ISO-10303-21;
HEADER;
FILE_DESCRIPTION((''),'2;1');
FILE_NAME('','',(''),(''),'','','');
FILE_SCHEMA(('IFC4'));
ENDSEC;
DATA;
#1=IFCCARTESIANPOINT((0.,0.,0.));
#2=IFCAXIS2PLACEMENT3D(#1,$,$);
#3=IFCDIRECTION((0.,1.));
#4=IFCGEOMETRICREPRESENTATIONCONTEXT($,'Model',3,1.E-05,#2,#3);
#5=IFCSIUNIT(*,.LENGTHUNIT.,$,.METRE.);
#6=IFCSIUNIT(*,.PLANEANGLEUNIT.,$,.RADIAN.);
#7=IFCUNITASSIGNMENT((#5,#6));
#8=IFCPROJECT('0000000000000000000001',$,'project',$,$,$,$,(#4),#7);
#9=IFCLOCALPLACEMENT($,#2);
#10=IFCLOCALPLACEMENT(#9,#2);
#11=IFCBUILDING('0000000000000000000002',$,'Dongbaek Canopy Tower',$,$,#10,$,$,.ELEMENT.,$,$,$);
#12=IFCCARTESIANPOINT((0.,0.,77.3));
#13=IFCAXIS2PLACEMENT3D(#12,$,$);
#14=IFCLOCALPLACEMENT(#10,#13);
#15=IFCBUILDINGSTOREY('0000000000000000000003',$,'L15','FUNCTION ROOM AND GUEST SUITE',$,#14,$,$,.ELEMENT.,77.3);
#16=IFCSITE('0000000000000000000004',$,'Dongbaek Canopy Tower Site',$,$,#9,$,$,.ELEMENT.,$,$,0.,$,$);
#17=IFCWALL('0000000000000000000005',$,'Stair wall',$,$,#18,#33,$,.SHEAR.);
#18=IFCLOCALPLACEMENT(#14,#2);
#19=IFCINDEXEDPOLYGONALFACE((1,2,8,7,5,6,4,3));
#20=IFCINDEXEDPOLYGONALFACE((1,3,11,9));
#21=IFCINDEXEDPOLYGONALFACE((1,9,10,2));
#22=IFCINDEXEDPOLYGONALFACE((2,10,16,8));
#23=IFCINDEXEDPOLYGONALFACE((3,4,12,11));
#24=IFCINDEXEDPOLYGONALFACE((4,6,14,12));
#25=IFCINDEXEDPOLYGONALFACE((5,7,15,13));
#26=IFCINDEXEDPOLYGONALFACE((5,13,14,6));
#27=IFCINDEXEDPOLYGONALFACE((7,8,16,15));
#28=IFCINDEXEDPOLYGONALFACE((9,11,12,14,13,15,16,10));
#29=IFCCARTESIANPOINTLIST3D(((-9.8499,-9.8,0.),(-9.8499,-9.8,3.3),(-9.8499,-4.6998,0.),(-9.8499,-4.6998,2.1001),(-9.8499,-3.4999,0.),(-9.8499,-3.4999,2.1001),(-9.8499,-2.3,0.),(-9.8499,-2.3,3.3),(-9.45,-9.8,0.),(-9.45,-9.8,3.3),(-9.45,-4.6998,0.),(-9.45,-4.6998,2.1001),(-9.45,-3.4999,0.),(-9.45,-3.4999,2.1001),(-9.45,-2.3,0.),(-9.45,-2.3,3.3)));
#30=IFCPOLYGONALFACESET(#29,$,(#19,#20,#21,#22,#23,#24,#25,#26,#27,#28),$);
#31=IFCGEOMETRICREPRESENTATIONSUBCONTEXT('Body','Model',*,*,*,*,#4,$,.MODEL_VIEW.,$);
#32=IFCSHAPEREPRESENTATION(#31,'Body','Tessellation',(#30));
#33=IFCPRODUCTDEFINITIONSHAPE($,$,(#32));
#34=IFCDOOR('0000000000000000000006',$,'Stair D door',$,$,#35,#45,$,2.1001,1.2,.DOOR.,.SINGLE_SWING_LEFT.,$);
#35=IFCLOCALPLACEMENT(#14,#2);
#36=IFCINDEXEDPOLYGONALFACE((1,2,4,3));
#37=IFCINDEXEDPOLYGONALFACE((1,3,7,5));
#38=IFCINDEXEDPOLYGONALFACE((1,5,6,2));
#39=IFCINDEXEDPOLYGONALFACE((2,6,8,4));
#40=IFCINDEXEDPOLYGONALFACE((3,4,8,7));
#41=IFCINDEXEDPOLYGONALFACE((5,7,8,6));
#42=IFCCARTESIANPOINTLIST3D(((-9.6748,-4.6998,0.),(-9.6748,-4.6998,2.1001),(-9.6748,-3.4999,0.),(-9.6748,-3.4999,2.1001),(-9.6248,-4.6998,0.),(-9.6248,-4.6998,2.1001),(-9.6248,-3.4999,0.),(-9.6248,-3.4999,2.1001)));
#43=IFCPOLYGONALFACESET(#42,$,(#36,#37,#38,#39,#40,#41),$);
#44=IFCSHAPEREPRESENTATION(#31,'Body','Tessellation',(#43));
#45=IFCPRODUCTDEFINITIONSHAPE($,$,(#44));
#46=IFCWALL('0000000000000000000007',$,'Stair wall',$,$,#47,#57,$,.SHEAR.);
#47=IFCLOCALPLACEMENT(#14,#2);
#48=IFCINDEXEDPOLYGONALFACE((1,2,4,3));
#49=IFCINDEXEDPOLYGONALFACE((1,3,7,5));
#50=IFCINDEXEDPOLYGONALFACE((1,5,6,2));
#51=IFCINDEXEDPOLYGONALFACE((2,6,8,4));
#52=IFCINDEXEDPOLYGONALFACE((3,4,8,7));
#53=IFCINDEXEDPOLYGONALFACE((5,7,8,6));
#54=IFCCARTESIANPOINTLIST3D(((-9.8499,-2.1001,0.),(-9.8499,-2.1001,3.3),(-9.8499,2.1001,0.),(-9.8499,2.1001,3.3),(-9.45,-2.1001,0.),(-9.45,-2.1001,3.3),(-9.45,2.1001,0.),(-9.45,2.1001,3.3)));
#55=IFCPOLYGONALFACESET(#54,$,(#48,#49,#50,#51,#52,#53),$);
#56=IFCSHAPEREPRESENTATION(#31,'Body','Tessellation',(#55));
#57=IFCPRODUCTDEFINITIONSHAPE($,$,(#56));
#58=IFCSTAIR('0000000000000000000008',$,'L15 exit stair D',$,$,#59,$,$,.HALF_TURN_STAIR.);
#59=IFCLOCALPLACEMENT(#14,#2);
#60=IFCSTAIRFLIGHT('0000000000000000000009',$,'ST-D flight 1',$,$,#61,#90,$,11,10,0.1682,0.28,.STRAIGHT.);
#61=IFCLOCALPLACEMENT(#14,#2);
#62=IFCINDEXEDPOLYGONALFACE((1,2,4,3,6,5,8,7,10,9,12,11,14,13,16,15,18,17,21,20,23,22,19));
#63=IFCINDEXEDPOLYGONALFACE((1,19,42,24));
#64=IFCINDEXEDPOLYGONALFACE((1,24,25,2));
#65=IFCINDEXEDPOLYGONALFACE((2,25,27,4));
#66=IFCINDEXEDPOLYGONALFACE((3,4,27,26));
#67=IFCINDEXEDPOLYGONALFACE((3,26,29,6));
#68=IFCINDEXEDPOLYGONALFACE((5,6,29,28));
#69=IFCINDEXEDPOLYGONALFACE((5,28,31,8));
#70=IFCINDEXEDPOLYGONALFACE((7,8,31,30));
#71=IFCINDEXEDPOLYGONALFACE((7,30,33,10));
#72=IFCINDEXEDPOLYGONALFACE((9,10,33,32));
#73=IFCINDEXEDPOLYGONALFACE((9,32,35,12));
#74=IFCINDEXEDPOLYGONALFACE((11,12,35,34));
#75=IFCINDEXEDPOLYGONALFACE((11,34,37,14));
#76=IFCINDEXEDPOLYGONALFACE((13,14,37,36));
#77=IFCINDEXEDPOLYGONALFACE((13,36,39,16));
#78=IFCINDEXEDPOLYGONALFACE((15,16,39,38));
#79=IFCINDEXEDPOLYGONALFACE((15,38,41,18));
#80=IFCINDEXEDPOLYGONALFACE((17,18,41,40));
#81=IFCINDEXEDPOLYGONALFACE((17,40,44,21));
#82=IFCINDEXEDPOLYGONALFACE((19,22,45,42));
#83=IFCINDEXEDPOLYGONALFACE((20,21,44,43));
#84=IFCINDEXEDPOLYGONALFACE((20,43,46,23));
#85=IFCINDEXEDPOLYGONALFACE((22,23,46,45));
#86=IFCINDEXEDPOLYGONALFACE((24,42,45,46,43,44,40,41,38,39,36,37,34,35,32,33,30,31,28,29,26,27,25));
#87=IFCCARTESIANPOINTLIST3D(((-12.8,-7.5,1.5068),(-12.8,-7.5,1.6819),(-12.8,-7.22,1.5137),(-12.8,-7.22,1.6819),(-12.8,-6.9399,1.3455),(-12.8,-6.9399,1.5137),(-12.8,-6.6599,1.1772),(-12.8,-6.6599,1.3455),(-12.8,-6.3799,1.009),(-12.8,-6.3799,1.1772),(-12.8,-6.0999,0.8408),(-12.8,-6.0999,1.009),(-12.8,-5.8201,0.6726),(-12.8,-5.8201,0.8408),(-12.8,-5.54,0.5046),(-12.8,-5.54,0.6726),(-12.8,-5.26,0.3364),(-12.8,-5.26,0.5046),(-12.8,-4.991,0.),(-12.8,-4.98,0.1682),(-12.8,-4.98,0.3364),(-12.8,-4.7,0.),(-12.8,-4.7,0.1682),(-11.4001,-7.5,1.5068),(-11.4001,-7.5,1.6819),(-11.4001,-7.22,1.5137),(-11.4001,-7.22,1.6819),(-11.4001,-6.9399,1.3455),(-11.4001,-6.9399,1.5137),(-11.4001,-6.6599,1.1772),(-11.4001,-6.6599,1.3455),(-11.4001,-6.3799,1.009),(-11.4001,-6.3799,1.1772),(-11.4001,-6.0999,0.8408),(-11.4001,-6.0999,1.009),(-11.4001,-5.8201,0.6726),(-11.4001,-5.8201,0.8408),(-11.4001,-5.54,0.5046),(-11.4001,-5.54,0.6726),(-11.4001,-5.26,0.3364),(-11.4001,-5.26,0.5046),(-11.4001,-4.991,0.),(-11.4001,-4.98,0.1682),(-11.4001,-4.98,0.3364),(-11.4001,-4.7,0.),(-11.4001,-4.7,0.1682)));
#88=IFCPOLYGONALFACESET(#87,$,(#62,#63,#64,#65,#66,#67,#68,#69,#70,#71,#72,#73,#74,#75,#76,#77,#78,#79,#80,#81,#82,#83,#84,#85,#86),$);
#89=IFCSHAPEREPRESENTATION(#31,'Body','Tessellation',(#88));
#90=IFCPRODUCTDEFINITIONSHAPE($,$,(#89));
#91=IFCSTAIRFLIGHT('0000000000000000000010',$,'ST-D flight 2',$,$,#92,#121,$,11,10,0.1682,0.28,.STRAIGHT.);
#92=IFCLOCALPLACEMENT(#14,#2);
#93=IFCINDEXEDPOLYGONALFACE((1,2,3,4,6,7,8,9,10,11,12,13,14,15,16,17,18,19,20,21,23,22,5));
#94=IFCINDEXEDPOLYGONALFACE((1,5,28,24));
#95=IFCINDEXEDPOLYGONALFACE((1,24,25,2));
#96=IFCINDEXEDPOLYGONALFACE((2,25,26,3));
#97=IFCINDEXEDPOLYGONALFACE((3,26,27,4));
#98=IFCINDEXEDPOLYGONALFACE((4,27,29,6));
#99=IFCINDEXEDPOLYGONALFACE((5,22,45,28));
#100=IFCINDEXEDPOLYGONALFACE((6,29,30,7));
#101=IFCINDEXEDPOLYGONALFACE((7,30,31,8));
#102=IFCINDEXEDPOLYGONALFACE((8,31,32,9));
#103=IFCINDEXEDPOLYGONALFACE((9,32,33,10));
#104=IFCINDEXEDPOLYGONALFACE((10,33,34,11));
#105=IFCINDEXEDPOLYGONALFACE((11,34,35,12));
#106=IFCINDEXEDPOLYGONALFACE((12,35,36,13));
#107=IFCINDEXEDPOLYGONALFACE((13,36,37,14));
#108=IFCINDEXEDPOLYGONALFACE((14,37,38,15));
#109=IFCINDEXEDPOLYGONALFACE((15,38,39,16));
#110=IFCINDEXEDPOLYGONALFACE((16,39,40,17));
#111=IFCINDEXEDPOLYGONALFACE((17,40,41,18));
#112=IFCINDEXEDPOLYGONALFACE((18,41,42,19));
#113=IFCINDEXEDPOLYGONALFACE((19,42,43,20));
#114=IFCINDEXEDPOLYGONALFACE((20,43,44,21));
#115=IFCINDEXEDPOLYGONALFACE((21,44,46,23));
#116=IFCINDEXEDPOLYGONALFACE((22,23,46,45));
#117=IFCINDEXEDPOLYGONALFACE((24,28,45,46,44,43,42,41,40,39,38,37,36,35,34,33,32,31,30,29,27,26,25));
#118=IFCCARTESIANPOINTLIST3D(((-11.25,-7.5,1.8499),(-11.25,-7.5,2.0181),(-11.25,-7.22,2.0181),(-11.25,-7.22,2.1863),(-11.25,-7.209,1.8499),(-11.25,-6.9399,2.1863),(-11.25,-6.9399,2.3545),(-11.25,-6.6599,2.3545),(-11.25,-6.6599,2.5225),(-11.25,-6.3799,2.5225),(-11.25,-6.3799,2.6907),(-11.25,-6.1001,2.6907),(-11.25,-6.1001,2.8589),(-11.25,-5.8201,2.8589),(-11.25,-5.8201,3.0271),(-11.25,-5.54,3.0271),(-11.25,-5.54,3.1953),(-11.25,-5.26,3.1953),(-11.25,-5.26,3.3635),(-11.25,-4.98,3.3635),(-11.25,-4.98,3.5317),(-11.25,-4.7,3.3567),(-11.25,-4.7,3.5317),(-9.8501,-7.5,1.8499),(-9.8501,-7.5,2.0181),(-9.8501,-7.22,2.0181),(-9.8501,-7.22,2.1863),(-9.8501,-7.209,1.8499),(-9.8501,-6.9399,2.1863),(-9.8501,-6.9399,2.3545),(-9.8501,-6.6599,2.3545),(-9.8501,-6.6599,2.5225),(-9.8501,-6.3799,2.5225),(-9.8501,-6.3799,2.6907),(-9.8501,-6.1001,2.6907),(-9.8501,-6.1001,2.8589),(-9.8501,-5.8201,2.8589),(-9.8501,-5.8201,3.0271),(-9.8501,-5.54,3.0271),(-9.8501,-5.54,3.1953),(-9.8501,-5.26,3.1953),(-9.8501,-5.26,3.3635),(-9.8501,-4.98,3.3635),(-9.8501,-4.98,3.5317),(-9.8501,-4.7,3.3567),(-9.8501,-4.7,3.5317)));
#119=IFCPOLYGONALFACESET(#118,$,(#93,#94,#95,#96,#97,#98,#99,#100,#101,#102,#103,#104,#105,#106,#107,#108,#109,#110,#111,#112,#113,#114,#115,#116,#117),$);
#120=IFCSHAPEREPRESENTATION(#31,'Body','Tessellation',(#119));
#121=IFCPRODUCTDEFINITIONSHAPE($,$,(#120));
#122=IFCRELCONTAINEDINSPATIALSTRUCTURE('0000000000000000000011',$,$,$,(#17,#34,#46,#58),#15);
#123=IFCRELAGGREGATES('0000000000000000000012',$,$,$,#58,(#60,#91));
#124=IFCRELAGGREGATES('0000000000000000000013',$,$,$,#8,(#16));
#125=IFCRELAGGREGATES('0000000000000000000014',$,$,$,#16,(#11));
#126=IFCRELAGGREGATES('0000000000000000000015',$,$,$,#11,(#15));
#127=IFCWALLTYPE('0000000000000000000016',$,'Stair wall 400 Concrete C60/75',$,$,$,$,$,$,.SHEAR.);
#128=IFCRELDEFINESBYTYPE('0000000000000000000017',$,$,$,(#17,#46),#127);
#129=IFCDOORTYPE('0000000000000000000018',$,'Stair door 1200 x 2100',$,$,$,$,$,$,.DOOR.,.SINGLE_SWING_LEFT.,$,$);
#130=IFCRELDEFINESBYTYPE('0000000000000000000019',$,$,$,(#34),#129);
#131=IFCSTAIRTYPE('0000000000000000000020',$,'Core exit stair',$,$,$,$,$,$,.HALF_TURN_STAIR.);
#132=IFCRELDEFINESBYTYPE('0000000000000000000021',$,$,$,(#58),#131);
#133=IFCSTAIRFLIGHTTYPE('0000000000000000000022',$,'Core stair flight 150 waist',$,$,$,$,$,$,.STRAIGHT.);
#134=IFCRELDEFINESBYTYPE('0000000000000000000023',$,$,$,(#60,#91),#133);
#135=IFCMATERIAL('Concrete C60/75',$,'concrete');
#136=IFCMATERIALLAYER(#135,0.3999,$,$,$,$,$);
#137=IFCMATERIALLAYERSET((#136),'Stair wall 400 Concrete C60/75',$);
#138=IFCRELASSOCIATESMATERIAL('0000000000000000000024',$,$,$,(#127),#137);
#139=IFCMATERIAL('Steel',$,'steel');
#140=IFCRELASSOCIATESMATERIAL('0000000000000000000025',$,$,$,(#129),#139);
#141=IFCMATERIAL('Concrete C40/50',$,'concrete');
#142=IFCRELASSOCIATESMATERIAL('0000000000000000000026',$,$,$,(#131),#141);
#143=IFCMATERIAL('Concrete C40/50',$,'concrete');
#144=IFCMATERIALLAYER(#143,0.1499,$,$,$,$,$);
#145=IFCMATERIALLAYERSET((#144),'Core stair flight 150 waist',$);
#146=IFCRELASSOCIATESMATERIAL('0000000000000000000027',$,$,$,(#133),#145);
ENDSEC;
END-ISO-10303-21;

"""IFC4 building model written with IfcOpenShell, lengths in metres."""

from ifc_helpers import new_model, si_unit, direction, frame, frame_2d, origin, place, context, subcontext, project, spatial, polyline, rectangle, outline, extrude, material, layer, layer_set, type_object, element, fill, aggregate, save


model = new_model("IFC4")

# Units and contexts
model_context = context("Model", 3, precision=1e-05, world=origin(), true_north=direction((0.0, 1.0)))
body_context = subcontext(model_context, "Body", "Model", "MODEL_VIEW")
ifc_project = project(units=[si_unit("LENGTHUNIT", "METRE"), si_unit("PLANEANGLEUNIT", "RADIAN")], contexts=[model_context])

# Site, building, storey
site_placement = place(None, origin())
site = spatial("IfcSite", under=ifc_project, at=site_placement, Name="Dongbaek Canopy Tower Site", CompositionType="ELEMENT", RefElevation=0.0)
building_placement = place(site_placement, origin())
building = spatial("IfcBuilding", under=site, at=building_placement, Name="Dongbaek Canopy Tower", CompositionType="ELEMENT")
storey_placement = place(building_placement, frame((0.0, 0.0, 77.3)))
storey = spatial("IfcBuildingStorey", under=building, at=storey_placement, Name="L15", Description="FUNCTION ROOM AND GUEST SUITE", CompositionType="ELEMENT", Elevation=77.3)

# Wall, opening, door
ifc_material_1 = material(Name="Concrete C60/75", Category="concrete")
ifc_layer_1 = layer(ifc_material_1, 0.3999)
ifc_layer_set_1 = layer_set([ifc_layer_1], Name="Stair wall 400 Concrete C60/75")
wall_type_1 = type_object("IfcWallType", Name="Stair wall 400 Concrete C60/75", PredefinedType="SHEAR", material=ifc_layer_set_1)
wall_1_placement = place(storey_placement, frame((-9.6499, -9.8, 0.0), z_axis=(0.0, 0.0, 1.0), x_axis=(0.0, 1.0, 0.0)))
wall_1 = element("IfcWall", 1, at=wall_1_placement, inside=storey, type_object=wall_type_1, Name="Stair wall", PredefinedType="SHEAR", context=body_context, shape_type="SweptSolid", body=[
    extrude(rectangle(XDim=7.5, YDim=0.3999, at=frame_2d((3.75, 0.0))), origin(), (0.0, 0.0, 1.0), 3.3),
])
opening_1_placement = place(wall_1_placement, frame((5.1001, 0.0, 0.0)))
opening_1 = element("IfcOpeningElement", 2, at=opening_1_placement, cuts=wall_1, PredefinedType="OPENING", context=body_context, shape_type="SweptSolid", body=[
    extrude(rectangle(XDim=1.2, YDim=2.1001, at=frame_2d((0.6001, 1.05))), frame((0.0, 0.21, 0.0), z_axis=(0.0, -1.0, 0.0), x_axis=(1.0, 0.0, 0.0)), (0.0, 0.0, 1.0), 0.4199),
])
ifc_material_2 = material(Name="Steel", Category="steel")
door_type_1 = type_object("IfcDoorType", Name="Stair door 1200 x 2100", OperationType="SINGLE_SWING_LEFT", PredefinedType="DOOR", material=ifc_material_2)
door_1_placement = place(opening_1_placement, origin())
door_1 = element("IfcDoor", 3, at=door_1_placement, inside=storey, type_object=door_type_1, Name="Stair D door", OperationType="SINGLE_SWING_LEFT", OverallHeight=2.1001, OverallWidth=1.2, PredefinedType="DOOR", context=body_context, shape_type="SweptSolid", body=[
    extrude(rectangle(XDim=1.2, YDim=2.1001, at=frame_2d((0.6001, 1.05))), frame((0.0, 0.0249, 0.0), z_axis=(0.0, -1.0, 0.0), x_axis=(1.0, 0.0, 0.0)), (0.0, 0.0, 1.0), 0.05),
])
fill(opening_1, door_1)

# Wall
wall_2_placement = place(storey_placement, frame((-9.6499, -2.1001, 0.0), z_axis=(0.0, 0.0, 1.0), x_axis=(0.0, 1.0, 0.0)))
element("IfcWall", 4, at=wall_2_placement, inside=storey, type_object=wall_type_1, Name="Stair wall", PredefinedType="SHEAR", context=body_context, shape_type="SweptSolid", body=[
    extrude(rectangle(XDim=4.2002, YDim=0.3999, at=frame_2d((2.1001, 0.0))), origin(), (0.0, 0.0, 1.0), 3.3),
])

# Stair, stair flights
ifc_material_3 = material(Name="Concrete C40/50", Category="concrete")
stair_type = type_object("IfcStairType", Name="Core exit stair", PredefinedType="HALF_TURN_STAIR", material=ifc_material_3)
stair_placement = place(storey_placement, origin())
stair = element("IfcStair", 5, at=stair_placement, inside=storey, type_object=stair_type, Name="L15 exit stair D", PredefinedType="HALF_TURN_STAIR")
ifc_material_4 = material(Name="Concrete C40/50", Category="concrete")
ifc_layer_2 = layer(ifc_material_4, 0.1499)
ifc_layer_set_2 = layer_set([ifc_layer_2], Name="Core stair flight 150 waist")
stair_flight_type = type_object("IfcStairFlightType", Name="Core stair flight 150 waist", PredefinedType="STRAIGHT", material=ifc_layer_set_2)
stair_flight_1_placement = place(storey_placement, frame((-12.1001, -4.7, 0.0), z_axis=(0.0, 0.0, 1.0), x_axis=(0.0, -1.0, 0.0)))
stair_flight_1 = element("IfcStairFlight", 6, at=stair_flight_1_placement, type_object=stair_flight_type, Name="ST-D flight 1", NumberOfRisers=11, NumberOfTreads=10, PredefinedType="STRAIGHT", RiserHeight=0.1682, TreadLength=0.28, context=body_context, shape_type="SweptSolid", body=[
    extrude(outline(polyline([(0.0, 0.0), (0.0, 0.1682), (0.28, 0.1682), (0.28, 0.3364), (0.5601, 0.3364), (0.5601, 0.5046), (0.8401, 0.5046), (0.8401, 0.6726), (1.1201, 0.6726), (1.1201, 0.8408), (1.3999, 0.8408), (1.3999, 1.009), (1.6799, 1.009), (1.6799, 1.1772), (1.96, 1.1772), (1.96, 1.3455), (2.24, 1.3455), (2.24, 1.5137), (2.52, 1.5137), (2.52, 1.6819), (2.8, 1.6819), (2.8, 1.8501), (2.8, 1.5068), (0.291, 0.0), (0.0, 0.0)])), frame((0.0, 0.7, 0.0), z_axis=(0.0, -1.0, 0.0), x_axis=(1.0, 0.0, 0.0)), (0.0, 0.0, 1.0), 1.3999),
])
stair_flight_2_placement = place(storey_placement, frame((-10.55, -7.5, 1.8499), z_axis=(0.0, 0.0, 1.0), x_axis=(0.0, 1.0, 0.0)))
stair_flight_2 = element("IfcStairFlight", 7, at=stair_flight_2_placement, type_object=stair_flight_type, Name="ST-D flight 2", NumberOfRisers=11, NumberOfTreads=10, PredefinedType="STRAIGHT", RiserHeight=0.1682, TreadLength=0.28, context=body_context, shape_type="SweptSolid", body=[
    extrude(outline(polyline([(0.0, 0.0), (0.0, 0.1682), (0.28, 0.1682), (0.28, 0.3364), (0.5601, 0.3364), (0.5601, 0.5046), (0.8401, 0.5046), (0.8401, 0.6726), (1.1201, 0.6726), (1.1201, 0.8408), (1.3999, 0.8408), (1.3999, 1.009), (1.6799, 1.009), (1.6799, 1.1772), (1.96, 1.1772), (1.96, 1.3455), (2.24, 1.3455), (2.24, 1.5137), (2.52, 1.5137), (2.52, 1.6819), (2.8, 1.6819), (2.8, 1.8501), (2.8, 1.5068), (0.291, 0.0), (0.0, 0.0)])), frame((0.0, 0.7, 0.0), z_axis=(0.0, -1.0, 0.0), x_axis=(1.0, 0.0, 0.0)), (0.0, 0.0, 1.0), 1.3999),
])
aggregate(stair, [stair_flight_1, stair_flight_2])

save(model, "model.ifc")
